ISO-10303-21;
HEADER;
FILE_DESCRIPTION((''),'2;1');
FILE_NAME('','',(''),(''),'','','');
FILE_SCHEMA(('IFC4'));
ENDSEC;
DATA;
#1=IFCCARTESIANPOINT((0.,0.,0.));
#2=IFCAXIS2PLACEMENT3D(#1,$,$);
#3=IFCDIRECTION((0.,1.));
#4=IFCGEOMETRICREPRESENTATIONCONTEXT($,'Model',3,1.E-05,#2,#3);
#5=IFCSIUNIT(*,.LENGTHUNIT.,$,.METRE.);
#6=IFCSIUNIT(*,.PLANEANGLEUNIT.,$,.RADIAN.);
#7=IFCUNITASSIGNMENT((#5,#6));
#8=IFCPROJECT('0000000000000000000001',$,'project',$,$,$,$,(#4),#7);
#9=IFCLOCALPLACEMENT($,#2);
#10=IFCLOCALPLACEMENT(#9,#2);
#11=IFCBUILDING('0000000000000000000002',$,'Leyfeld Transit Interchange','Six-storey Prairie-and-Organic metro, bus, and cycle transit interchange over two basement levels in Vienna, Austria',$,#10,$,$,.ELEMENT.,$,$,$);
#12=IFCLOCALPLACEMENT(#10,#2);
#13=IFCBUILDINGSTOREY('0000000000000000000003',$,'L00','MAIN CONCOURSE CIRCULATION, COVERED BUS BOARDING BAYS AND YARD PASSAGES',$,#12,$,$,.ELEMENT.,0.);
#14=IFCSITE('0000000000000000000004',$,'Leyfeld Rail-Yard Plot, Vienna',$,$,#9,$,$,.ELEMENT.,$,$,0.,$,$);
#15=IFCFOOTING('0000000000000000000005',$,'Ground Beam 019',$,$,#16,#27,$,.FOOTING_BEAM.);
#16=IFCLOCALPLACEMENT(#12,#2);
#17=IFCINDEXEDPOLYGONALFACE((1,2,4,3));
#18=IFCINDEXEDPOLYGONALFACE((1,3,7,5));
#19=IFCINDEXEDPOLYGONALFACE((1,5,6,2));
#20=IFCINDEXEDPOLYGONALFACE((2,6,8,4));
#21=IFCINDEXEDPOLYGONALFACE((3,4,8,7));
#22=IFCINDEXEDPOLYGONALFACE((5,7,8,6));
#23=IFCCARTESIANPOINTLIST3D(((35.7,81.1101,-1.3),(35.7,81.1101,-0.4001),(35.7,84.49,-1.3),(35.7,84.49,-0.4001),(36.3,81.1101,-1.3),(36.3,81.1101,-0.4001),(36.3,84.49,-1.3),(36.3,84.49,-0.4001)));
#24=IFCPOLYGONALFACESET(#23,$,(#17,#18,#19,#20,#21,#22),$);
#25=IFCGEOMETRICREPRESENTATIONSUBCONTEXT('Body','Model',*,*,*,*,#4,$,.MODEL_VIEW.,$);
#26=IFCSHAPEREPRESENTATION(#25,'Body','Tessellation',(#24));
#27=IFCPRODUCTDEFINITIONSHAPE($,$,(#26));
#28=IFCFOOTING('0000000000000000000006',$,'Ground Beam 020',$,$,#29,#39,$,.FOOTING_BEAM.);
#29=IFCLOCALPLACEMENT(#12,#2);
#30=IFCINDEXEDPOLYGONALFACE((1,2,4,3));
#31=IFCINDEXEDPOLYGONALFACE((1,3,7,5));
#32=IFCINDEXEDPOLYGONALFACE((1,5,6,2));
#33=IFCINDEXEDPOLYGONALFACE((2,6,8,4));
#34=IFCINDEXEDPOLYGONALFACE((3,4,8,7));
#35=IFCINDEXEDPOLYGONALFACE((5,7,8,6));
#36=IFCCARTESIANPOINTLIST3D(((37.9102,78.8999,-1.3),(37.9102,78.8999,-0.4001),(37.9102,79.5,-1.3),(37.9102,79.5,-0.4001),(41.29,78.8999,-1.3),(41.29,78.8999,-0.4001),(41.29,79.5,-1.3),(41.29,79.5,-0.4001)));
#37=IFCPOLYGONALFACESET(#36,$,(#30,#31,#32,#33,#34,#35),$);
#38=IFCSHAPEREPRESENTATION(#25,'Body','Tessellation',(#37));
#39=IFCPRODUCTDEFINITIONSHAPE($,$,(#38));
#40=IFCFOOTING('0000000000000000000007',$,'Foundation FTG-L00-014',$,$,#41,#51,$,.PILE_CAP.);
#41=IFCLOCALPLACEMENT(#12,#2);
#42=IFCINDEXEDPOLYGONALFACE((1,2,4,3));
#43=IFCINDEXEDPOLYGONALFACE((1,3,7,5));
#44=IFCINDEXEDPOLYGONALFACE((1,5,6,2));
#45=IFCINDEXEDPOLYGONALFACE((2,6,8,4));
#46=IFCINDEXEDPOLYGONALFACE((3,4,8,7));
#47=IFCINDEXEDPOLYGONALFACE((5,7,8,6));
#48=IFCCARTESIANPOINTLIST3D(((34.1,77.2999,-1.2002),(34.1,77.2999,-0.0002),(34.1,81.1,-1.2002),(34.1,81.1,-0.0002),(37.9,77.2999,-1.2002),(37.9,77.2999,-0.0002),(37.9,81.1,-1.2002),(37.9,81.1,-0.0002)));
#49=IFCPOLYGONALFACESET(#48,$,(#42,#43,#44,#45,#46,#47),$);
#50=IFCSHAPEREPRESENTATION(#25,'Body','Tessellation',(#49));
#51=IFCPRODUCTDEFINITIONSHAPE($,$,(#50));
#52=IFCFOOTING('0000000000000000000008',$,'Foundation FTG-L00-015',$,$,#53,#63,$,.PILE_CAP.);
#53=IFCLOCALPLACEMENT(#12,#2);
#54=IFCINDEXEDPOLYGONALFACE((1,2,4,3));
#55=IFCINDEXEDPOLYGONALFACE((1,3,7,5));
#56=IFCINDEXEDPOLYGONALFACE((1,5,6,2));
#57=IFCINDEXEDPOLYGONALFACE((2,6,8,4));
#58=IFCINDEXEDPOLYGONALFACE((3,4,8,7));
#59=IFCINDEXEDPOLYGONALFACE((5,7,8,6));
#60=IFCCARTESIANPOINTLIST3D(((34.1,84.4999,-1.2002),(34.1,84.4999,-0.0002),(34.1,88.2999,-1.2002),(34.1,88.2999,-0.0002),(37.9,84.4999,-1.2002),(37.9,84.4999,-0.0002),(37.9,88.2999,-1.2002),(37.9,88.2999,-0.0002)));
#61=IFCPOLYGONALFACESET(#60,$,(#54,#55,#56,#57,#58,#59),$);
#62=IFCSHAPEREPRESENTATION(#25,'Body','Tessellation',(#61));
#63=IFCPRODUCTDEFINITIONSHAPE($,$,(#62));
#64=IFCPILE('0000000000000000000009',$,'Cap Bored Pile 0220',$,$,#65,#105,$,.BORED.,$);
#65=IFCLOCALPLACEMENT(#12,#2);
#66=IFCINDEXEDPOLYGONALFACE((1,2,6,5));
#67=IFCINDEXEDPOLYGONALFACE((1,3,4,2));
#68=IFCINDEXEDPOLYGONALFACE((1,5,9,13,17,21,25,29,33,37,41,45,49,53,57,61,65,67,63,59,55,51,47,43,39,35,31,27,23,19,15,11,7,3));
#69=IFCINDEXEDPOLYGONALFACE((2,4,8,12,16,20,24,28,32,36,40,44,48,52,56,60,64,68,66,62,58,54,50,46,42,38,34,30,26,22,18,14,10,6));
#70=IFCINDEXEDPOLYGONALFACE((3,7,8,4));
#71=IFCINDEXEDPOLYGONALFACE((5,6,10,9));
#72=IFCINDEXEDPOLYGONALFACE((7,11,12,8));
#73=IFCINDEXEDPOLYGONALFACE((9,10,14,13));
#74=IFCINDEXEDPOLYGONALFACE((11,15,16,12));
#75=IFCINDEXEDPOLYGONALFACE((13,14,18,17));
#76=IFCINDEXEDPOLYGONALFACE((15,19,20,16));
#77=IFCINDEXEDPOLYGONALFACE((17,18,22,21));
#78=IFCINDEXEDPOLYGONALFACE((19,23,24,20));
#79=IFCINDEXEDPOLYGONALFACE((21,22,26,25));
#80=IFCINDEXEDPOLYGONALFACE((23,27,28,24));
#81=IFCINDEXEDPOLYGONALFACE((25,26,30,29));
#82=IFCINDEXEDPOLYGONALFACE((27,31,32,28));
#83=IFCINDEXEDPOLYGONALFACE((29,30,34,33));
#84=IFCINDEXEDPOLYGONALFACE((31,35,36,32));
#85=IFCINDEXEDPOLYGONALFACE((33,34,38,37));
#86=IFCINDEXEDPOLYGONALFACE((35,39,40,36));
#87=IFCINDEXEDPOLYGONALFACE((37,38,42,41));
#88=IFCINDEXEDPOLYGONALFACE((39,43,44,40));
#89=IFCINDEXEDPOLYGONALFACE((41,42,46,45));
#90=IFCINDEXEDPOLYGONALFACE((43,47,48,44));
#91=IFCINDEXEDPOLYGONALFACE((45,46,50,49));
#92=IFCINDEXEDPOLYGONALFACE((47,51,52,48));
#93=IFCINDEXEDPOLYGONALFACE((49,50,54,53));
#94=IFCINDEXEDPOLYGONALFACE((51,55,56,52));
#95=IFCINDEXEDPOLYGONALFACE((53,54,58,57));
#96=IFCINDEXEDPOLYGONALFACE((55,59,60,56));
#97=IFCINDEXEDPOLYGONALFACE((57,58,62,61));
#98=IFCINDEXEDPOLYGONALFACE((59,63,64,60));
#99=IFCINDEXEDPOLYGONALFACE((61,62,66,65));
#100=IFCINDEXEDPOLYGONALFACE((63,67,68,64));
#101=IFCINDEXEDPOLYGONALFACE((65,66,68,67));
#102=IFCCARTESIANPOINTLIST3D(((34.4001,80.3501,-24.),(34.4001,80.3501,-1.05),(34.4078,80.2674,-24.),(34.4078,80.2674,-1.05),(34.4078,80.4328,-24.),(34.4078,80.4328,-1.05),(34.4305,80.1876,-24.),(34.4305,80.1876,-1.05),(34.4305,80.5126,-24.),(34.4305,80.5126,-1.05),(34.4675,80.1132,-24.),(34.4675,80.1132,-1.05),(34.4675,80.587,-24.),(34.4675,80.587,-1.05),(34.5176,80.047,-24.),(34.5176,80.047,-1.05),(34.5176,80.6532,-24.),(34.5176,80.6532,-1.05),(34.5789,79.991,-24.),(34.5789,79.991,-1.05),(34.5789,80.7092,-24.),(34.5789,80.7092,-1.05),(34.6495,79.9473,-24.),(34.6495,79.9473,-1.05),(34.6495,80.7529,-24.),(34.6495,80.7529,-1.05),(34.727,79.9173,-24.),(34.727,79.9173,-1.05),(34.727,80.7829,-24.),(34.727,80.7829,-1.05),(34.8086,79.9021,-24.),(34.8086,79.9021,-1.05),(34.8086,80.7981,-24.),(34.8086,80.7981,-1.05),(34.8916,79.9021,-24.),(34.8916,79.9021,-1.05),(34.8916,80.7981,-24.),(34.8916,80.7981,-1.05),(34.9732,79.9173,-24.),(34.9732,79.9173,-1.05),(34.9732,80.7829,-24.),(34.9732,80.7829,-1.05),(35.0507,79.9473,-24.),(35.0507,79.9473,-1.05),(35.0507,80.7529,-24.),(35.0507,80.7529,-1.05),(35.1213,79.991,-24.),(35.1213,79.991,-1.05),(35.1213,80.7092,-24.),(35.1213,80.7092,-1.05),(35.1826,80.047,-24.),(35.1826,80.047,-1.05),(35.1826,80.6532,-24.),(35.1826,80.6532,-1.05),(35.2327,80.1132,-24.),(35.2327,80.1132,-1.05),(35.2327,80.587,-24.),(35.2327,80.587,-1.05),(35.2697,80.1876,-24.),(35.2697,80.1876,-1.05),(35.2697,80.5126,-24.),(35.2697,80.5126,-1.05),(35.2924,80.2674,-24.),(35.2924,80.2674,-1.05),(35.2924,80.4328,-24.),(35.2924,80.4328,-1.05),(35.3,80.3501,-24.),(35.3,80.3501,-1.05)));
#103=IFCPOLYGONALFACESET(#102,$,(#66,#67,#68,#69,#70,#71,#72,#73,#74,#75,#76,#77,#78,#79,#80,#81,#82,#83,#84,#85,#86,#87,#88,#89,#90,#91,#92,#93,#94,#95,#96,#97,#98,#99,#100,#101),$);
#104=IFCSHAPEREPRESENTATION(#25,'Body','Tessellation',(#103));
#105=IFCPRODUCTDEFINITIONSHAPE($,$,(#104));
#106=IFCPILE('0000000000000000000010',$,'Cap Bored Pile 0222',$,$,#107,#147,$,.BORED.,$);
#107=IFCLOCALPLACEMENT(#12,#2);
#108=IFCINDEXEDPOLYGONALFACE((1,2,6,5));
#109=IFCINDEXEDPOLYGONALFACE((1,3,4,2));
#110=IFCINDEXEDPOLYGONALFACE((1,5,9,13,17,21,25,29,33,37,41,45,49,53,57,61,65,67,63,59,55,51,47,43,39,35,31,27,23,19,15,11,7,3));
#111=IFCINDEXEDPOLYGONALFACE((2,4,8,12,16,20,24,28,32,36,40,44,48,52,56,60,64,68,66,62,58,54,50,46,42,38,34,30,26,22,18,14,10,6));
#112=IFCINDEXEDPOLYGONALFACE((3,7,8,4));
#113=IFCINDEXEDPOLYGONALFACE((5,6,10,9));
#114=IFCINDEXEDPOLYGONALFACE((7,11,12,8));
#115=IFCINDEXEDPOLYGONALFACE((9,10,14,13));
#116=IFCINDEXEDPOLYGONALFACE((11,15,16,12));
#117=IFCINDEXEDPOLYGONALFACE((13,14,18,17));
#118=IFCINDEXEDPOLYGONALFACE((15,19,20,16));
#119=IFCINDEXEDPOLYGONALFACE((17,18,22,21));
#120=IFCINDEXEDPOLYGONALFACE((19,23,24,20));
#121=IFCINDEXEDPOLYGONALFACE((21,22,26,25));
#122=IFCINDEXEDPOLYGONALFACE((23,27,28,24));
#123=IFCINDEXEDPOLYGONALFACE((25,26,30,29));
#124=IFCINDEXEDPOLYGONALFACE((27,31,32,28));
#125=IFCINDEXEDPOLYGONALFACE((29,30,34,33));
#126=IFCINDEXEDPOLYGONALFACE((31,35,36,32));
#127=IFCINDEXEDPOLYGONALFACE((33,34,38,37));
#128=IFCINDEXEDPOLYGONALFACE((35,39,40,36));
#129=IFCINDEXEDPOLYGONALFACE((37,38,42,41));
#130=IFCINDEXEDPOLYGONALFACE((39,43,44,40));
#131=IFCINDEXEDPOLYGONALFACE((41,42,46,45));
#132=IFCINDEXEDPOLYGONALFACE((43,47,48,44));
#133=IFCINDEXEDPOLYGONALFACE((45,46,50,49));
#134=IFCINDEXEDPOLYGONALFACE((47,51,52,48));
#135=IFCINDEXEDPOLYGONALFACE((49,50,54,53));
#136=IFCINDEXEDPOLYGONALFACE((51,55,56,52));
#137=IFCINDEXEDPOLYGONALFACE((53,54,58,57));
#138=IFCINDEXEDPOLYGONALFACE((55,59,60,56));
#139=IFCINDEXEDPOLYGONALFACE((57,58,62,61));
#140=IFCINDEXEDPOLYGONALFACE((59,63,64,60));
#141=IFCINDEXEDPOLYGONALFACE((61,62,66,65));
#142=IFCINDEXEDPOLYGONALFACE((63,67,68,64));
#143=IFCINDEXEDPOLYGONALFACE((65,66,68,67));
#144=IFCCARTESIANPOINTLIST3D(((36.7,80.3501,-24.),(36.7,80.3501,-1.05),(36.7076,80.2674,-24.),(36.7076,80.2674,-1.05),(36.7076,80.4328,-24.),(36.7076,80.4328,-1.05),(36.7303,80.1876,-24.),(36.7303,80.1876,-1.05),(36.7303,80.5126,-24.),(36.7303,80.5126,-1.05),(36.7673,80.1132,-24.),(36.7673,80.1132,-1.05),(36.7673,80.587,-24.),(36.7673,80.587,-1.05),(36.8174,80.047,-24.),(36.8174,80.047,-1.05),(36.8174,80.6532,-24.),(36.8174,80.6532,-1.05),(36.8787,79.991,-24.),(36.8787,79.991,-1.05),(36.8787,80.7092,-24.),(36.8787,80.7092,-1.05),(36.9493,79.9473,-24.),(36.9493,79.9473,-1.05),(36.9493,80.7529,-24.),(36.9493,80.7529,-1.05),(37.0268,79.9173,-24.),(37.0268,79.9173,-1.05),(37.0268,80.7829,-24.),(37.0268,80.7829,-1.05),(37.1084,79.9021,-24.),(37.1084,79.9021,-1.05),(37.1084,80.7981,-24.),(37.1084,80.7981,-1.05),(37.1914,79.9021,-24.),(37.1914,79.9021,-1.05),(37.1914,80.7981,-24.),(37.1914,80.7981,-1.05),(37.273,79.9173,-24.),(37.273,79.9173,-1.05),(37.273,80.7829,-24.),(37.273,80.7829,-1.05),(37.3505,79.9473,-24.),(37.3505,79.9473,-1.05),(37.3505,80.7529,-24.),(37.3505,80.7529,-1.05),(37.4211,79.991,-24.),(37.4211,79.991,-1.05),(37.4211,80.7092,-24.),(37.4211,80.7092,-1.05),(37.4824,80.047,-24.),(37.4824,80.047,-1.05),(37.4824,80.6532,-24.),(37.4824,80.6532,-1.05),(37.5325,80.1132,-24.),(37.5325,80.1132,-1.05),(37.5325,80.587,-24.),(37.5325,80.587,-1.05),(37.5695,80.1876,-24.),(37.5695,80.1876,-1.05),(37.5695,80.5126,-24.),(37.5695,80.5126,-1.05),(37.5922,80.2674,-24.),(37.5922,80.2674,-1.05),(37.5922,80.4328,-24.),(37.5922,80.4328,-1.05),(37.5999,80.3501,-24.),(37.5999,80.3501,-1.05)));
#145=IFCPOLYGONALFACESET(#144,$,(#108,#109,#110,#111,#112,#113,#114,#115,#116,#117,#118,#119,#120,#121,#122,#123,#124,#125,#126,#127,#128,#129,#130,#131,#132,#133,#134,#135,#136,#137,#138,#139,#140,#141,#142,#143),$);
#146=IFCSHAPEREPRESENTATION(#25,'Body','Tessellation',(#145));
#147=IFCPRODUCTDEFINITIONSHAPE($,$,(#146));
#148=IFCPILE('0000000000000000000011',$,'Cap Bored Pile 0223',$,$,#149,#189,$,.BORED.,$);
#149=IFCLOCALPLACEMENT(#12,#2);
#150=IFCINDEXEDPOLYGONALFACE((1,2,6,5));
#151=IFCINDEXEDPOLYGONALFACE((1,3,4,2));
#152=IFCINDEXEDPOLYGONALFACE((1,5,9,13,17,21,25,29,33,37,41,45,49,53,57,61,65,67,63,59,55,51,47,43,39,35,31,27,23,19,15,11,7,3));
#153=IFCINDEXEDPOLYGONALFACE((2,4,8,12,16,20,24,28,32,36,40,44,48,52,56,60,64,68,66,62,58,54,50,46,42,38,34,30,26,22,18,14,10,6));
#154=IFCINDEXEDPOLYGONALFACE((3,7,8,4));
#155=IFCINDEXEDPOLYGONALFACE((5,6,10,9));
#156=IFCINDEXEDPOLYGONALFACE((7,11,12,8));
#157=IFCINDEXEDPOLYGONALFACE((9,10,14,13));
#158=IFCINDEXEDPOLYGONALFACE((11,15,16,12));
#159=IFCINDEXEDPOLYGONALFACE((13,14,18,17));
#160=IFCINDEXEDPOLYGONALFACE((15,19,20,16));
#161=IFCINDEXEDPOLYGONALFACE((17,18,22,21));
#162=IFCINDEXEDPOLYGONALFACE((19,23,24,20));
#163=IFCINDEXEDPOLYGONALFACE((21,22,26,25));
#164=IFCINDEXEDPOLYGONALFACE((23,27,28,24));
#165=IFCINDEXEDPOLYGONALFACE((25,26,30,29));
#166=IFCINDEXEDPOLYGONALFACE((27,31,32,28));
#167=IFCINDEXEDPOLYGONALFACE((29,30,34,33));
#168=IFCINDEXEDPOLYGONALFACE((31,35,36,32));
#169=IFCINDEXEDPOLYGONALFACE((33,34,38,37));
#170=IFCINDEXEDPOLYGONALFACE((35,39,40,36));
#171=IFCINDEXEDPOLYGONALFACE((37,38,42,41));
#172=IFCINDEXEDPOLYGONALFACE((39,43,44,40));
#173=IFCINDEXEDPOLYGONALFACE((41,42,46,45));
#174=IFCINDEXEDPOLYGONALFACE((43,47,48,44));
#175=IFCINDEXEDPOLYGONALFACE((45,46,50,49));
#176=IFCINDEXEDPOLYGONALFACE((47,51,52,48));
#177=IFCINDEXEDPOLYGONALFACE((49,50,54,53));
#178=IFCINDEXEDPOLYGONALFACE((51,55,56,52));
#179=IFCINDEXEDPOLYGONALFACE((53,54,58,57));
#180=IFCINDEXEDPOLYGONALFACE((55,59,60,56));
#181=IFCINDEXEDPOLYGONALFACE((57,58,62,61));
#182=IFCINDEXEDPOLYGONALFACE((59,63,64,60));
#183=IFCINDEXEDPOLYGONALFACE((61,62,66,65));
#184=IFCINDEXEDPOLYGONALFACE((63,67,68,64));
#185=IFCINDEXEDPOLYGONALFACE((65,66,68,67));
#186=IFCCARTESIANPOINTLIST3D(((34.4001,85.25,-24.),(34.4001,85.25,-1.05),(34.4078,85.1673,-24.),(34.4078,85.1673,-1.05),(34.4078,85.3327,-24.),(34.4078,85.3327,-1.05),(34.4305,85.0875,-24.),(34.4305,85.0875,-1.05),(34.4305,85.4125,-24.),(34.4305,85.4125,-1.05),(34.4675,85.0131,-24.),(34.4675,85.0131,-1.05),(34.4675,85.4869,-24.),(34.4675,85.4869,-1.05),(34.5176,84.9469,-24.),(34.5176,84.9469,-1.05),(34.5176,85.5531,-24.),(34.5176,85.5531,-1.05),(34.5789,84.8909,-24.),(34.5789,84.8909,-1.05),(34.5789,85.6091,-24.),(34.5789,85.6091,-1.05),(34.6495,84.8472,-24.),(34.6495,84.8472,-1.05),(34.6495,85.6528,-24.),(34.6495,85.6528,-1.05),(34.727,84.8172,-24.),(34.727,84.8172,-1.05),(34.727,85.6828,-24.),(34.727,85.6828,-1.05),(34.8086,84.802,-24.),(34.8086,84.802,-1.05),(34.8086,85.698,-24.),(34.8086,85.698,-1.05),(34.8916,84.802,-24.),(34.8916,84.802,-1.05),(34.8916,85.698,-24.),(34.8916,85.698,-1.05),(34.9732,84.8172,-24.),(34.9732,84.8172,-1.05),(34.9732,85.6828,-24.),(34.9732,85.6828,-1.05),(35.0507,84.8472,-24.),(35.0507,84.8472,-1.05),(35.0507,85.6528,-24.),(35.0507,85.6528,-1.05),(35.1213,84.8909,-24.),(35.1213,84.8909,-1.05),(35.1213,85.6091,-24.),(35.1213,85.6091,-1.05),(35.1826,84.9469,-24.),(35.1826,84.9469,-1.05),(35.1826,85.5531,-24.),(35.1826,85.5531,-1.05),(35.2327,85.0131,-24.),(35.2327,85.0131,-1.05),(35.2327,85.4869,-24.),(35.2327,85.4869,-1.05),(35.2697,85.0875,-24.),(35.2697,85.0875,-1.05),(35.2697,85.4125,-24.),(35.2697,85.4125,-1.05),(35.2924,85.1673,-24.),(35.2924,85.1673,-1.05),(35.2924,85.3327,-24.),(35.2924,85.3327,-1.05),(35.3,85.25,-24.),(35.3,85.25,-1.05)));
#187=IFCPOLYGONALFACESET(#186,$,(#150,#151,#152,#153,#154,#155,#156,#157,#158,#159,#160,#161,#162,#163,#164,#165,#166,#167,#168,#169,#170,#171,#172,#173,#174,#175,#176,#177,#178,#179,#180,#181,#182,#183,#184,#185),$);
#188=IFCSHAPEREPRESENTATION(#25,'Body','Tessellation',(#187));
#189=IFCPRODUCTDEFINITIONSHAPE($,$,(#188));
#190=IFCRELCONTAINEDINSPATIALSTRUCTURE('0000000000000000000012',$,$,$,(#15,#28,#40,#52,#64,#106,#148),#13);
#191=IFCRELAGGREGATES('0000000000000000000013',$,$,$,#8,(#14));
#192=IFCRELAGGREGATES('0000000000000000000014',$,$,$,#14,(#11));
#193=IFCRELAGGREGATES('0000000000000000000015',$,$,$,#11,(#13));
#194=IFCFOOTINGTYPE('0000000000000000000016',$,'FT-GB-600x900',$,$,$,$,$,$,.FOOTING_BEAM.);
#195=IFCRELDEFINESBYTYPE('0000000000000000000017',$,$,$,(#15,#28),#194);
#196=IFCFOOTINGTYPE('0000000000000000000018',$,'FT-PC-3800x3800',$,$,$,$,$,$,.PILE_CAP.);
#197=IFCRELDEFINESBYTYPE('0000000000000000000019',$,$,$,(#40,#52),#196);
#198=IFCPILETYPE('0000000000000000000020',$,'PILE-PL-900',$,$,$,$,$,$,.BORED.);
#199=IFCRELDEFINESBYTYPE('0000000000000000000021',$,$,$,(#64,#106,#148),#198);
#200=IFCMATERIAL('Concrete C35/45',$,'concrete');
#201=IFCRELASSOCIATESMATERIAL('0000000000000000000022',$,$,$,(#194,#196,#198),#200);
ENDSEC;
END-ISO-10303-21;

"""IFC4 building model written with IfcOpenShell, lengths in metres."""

from ifc_helpers import new_model, si_unit, direction, frame, origin, origin_2d, place, context, subcontext, project, spatial, rectangle, circle, extrude, material, material_profile, profile_set, type_object, element, save


model = new_model("IFC4")

# Units and contexts
model_context = context("Model", 3, precision=1e-05, world=origin(), true_north=direction((0.0, 1.0)))
body_context = subcontext(model_context, "Body", "Model", "MODEL_VIEW")
ifc_project = project(units=[si_unit("LENGTHUNIT", "METRE"), si_unit("PLANEANGLEUNIT", "RADIAN")], contexts=[model_context])

# Site, building, storey
site_placement = place(None, origin())
site = spatial("IfcSite", under=ifc_project, at=site_placement, Name="Leyfeld Rail-Yard Plot, Vienna", CompositionType="ELEMENT", RefElevation=0.0)
building_placement = place(site_placement, origin())
building = spatial("IfcBuilding", under=site, at=building_placement, Name="Leyfeld Transit Interchange", Description="Six-storey Prairie-and-Organic metro, bus, and cycle transit interchange over two basement levels in Vienna, Austria", CompositionType="ELEMENT")
storey_placement = place(building_placement, origin())
storey = spatial("IfcBuildingStorey", under=building, at=storey_placement, Name="L00", Description="MAIN CONCOURSE CIRCULATION, COVERED BUS BOARDING BAYS AND YARD PASSAGES", CompositionType="ELEMENT", Elevation=0.0)

# Footings
ifc_material_1 = material(Name="Concrete C35/45", Category="concrete")
footing_type_1 = type_object("IfcFootingType", Name="FT-GB-600x900", PredefinedType="FOOTING_BEAM", material=ifc_material_1)
footing_1_placement = place(storey_placement, frame((36.0, 82.8, -1.3), z_axis=(0.0, 0.0, 1.0), x_axis=(1.0, 0.0, 0.0)))
element("IfcFooting", 1, at=footing_1_placement, inside=storey, type_object=footing_type_1, Name="Ground Beam 019", PredefinedType="FOOTING_BEAM", context=body_context, shape_type="SweptSolid", body=[
    extrude(rectangle(XDim=0.6001, YDim=3.3799, at=origin_2d()), origin(), (0.0, 0.0, 1.0), 0.8999),
])
footing_2_placement = place(storey_placement, frame((39.6001, 79.2, -1.3), z_axis=(0.0, 0.0, 1.0), x_axis=(1.0, 0.0, 0.0)))
element("IfcFooting", 2, at=footing_2_placement, inside=storey, type_object=footing_type_1, Name="Ground Beam 020", PredefinedType="FOOTING_BEAM", context=body_context, shape_type="SweptSolid", body=[
    extrude(rectangle(XDim=3.3799, YDim=0.6001, at=origin_2d()), origin(), (0.0, 0.0, 1.0), 0.8999),
])
footing_type_2 = type_object("IfcFootingType", Name="FT-PC-3800x3800", PredefinedType="PILE_CAP", material=ifc_material_1)
for number, where, z_axis, x_axis, name in (
    (3, (36.0, 79.2, -1.2002), (0.0, 0.0, 1.0), (1.0, 0.0, 0.0), "Foundation FTG-L00-014"),
    (4, (36.0, 86.3999, -1.2002), (0.0, 0.0, 1.0), (1.0, 0.0, 0.0), "Foundation FTG-L00-015"),
):
    element("IfcFooting", number, at=place(storey_placement, frame(where, z_axis=z_axis, x_axis=x_axis)), inside=storey, type_object=footing_type_2, Name=name, PredefinedType="PILE_CAP", context=body_context, shape_type="SweptSolid", body=[
        extrude(rectangle(XDim=3.8, YDim=3.8, at=origin_2d()), origin(), (0.0, 0.0, 1.0), 1.2),
    ])

# Piles
ifc_material_profile_1 = material_profile(ifc_material_1, circle(Radius=0.45, at=origin_2d()), Name="PILE D900")
ifc_profile_set_1 = profile_set([ifc_material_profile_1], Name="Concrete C35/45")
pile_type = type_object("IfcPileType", Name="PILE-PL-900", PredefinedType="BORED", material=ifc_profile_set_1)
for number, where, z_axis, x_axis, name in (
    (5, (34.8501, 80.3501, -1.05), (0.0, 0.0, -1.0), (1.0, 0.0, 0.0), "Cap Bored Pile 0220"),
    (6, (37.1499, 80.3501, -1.05), (0.0, 0.0, -1.0), (1.0, 0.0, 0.0), "Cap Bored Pile 0222"),
    (7, (34.8501, 85.25, -1.05), (0.0, 0.0, -1.0), (1.0, 0.0, 0.0), "Cap Bored Pile 0223"),
):
    element("IfcPile", number, at=place(storey_placement, frame(where, z_axis=z_axis, x_axis=x_axis)), inside=storey, type_object=pile_type, Name=name, PredefinedType="BORED", context=body_context, shape_type="SweptSolid", body=[
        extrude(circle(Radius=0.45, at=origin_2d()), origin(), (0.0, 0.0, 1.0), 22.95),
    ])

save(model, "model.ifc")
